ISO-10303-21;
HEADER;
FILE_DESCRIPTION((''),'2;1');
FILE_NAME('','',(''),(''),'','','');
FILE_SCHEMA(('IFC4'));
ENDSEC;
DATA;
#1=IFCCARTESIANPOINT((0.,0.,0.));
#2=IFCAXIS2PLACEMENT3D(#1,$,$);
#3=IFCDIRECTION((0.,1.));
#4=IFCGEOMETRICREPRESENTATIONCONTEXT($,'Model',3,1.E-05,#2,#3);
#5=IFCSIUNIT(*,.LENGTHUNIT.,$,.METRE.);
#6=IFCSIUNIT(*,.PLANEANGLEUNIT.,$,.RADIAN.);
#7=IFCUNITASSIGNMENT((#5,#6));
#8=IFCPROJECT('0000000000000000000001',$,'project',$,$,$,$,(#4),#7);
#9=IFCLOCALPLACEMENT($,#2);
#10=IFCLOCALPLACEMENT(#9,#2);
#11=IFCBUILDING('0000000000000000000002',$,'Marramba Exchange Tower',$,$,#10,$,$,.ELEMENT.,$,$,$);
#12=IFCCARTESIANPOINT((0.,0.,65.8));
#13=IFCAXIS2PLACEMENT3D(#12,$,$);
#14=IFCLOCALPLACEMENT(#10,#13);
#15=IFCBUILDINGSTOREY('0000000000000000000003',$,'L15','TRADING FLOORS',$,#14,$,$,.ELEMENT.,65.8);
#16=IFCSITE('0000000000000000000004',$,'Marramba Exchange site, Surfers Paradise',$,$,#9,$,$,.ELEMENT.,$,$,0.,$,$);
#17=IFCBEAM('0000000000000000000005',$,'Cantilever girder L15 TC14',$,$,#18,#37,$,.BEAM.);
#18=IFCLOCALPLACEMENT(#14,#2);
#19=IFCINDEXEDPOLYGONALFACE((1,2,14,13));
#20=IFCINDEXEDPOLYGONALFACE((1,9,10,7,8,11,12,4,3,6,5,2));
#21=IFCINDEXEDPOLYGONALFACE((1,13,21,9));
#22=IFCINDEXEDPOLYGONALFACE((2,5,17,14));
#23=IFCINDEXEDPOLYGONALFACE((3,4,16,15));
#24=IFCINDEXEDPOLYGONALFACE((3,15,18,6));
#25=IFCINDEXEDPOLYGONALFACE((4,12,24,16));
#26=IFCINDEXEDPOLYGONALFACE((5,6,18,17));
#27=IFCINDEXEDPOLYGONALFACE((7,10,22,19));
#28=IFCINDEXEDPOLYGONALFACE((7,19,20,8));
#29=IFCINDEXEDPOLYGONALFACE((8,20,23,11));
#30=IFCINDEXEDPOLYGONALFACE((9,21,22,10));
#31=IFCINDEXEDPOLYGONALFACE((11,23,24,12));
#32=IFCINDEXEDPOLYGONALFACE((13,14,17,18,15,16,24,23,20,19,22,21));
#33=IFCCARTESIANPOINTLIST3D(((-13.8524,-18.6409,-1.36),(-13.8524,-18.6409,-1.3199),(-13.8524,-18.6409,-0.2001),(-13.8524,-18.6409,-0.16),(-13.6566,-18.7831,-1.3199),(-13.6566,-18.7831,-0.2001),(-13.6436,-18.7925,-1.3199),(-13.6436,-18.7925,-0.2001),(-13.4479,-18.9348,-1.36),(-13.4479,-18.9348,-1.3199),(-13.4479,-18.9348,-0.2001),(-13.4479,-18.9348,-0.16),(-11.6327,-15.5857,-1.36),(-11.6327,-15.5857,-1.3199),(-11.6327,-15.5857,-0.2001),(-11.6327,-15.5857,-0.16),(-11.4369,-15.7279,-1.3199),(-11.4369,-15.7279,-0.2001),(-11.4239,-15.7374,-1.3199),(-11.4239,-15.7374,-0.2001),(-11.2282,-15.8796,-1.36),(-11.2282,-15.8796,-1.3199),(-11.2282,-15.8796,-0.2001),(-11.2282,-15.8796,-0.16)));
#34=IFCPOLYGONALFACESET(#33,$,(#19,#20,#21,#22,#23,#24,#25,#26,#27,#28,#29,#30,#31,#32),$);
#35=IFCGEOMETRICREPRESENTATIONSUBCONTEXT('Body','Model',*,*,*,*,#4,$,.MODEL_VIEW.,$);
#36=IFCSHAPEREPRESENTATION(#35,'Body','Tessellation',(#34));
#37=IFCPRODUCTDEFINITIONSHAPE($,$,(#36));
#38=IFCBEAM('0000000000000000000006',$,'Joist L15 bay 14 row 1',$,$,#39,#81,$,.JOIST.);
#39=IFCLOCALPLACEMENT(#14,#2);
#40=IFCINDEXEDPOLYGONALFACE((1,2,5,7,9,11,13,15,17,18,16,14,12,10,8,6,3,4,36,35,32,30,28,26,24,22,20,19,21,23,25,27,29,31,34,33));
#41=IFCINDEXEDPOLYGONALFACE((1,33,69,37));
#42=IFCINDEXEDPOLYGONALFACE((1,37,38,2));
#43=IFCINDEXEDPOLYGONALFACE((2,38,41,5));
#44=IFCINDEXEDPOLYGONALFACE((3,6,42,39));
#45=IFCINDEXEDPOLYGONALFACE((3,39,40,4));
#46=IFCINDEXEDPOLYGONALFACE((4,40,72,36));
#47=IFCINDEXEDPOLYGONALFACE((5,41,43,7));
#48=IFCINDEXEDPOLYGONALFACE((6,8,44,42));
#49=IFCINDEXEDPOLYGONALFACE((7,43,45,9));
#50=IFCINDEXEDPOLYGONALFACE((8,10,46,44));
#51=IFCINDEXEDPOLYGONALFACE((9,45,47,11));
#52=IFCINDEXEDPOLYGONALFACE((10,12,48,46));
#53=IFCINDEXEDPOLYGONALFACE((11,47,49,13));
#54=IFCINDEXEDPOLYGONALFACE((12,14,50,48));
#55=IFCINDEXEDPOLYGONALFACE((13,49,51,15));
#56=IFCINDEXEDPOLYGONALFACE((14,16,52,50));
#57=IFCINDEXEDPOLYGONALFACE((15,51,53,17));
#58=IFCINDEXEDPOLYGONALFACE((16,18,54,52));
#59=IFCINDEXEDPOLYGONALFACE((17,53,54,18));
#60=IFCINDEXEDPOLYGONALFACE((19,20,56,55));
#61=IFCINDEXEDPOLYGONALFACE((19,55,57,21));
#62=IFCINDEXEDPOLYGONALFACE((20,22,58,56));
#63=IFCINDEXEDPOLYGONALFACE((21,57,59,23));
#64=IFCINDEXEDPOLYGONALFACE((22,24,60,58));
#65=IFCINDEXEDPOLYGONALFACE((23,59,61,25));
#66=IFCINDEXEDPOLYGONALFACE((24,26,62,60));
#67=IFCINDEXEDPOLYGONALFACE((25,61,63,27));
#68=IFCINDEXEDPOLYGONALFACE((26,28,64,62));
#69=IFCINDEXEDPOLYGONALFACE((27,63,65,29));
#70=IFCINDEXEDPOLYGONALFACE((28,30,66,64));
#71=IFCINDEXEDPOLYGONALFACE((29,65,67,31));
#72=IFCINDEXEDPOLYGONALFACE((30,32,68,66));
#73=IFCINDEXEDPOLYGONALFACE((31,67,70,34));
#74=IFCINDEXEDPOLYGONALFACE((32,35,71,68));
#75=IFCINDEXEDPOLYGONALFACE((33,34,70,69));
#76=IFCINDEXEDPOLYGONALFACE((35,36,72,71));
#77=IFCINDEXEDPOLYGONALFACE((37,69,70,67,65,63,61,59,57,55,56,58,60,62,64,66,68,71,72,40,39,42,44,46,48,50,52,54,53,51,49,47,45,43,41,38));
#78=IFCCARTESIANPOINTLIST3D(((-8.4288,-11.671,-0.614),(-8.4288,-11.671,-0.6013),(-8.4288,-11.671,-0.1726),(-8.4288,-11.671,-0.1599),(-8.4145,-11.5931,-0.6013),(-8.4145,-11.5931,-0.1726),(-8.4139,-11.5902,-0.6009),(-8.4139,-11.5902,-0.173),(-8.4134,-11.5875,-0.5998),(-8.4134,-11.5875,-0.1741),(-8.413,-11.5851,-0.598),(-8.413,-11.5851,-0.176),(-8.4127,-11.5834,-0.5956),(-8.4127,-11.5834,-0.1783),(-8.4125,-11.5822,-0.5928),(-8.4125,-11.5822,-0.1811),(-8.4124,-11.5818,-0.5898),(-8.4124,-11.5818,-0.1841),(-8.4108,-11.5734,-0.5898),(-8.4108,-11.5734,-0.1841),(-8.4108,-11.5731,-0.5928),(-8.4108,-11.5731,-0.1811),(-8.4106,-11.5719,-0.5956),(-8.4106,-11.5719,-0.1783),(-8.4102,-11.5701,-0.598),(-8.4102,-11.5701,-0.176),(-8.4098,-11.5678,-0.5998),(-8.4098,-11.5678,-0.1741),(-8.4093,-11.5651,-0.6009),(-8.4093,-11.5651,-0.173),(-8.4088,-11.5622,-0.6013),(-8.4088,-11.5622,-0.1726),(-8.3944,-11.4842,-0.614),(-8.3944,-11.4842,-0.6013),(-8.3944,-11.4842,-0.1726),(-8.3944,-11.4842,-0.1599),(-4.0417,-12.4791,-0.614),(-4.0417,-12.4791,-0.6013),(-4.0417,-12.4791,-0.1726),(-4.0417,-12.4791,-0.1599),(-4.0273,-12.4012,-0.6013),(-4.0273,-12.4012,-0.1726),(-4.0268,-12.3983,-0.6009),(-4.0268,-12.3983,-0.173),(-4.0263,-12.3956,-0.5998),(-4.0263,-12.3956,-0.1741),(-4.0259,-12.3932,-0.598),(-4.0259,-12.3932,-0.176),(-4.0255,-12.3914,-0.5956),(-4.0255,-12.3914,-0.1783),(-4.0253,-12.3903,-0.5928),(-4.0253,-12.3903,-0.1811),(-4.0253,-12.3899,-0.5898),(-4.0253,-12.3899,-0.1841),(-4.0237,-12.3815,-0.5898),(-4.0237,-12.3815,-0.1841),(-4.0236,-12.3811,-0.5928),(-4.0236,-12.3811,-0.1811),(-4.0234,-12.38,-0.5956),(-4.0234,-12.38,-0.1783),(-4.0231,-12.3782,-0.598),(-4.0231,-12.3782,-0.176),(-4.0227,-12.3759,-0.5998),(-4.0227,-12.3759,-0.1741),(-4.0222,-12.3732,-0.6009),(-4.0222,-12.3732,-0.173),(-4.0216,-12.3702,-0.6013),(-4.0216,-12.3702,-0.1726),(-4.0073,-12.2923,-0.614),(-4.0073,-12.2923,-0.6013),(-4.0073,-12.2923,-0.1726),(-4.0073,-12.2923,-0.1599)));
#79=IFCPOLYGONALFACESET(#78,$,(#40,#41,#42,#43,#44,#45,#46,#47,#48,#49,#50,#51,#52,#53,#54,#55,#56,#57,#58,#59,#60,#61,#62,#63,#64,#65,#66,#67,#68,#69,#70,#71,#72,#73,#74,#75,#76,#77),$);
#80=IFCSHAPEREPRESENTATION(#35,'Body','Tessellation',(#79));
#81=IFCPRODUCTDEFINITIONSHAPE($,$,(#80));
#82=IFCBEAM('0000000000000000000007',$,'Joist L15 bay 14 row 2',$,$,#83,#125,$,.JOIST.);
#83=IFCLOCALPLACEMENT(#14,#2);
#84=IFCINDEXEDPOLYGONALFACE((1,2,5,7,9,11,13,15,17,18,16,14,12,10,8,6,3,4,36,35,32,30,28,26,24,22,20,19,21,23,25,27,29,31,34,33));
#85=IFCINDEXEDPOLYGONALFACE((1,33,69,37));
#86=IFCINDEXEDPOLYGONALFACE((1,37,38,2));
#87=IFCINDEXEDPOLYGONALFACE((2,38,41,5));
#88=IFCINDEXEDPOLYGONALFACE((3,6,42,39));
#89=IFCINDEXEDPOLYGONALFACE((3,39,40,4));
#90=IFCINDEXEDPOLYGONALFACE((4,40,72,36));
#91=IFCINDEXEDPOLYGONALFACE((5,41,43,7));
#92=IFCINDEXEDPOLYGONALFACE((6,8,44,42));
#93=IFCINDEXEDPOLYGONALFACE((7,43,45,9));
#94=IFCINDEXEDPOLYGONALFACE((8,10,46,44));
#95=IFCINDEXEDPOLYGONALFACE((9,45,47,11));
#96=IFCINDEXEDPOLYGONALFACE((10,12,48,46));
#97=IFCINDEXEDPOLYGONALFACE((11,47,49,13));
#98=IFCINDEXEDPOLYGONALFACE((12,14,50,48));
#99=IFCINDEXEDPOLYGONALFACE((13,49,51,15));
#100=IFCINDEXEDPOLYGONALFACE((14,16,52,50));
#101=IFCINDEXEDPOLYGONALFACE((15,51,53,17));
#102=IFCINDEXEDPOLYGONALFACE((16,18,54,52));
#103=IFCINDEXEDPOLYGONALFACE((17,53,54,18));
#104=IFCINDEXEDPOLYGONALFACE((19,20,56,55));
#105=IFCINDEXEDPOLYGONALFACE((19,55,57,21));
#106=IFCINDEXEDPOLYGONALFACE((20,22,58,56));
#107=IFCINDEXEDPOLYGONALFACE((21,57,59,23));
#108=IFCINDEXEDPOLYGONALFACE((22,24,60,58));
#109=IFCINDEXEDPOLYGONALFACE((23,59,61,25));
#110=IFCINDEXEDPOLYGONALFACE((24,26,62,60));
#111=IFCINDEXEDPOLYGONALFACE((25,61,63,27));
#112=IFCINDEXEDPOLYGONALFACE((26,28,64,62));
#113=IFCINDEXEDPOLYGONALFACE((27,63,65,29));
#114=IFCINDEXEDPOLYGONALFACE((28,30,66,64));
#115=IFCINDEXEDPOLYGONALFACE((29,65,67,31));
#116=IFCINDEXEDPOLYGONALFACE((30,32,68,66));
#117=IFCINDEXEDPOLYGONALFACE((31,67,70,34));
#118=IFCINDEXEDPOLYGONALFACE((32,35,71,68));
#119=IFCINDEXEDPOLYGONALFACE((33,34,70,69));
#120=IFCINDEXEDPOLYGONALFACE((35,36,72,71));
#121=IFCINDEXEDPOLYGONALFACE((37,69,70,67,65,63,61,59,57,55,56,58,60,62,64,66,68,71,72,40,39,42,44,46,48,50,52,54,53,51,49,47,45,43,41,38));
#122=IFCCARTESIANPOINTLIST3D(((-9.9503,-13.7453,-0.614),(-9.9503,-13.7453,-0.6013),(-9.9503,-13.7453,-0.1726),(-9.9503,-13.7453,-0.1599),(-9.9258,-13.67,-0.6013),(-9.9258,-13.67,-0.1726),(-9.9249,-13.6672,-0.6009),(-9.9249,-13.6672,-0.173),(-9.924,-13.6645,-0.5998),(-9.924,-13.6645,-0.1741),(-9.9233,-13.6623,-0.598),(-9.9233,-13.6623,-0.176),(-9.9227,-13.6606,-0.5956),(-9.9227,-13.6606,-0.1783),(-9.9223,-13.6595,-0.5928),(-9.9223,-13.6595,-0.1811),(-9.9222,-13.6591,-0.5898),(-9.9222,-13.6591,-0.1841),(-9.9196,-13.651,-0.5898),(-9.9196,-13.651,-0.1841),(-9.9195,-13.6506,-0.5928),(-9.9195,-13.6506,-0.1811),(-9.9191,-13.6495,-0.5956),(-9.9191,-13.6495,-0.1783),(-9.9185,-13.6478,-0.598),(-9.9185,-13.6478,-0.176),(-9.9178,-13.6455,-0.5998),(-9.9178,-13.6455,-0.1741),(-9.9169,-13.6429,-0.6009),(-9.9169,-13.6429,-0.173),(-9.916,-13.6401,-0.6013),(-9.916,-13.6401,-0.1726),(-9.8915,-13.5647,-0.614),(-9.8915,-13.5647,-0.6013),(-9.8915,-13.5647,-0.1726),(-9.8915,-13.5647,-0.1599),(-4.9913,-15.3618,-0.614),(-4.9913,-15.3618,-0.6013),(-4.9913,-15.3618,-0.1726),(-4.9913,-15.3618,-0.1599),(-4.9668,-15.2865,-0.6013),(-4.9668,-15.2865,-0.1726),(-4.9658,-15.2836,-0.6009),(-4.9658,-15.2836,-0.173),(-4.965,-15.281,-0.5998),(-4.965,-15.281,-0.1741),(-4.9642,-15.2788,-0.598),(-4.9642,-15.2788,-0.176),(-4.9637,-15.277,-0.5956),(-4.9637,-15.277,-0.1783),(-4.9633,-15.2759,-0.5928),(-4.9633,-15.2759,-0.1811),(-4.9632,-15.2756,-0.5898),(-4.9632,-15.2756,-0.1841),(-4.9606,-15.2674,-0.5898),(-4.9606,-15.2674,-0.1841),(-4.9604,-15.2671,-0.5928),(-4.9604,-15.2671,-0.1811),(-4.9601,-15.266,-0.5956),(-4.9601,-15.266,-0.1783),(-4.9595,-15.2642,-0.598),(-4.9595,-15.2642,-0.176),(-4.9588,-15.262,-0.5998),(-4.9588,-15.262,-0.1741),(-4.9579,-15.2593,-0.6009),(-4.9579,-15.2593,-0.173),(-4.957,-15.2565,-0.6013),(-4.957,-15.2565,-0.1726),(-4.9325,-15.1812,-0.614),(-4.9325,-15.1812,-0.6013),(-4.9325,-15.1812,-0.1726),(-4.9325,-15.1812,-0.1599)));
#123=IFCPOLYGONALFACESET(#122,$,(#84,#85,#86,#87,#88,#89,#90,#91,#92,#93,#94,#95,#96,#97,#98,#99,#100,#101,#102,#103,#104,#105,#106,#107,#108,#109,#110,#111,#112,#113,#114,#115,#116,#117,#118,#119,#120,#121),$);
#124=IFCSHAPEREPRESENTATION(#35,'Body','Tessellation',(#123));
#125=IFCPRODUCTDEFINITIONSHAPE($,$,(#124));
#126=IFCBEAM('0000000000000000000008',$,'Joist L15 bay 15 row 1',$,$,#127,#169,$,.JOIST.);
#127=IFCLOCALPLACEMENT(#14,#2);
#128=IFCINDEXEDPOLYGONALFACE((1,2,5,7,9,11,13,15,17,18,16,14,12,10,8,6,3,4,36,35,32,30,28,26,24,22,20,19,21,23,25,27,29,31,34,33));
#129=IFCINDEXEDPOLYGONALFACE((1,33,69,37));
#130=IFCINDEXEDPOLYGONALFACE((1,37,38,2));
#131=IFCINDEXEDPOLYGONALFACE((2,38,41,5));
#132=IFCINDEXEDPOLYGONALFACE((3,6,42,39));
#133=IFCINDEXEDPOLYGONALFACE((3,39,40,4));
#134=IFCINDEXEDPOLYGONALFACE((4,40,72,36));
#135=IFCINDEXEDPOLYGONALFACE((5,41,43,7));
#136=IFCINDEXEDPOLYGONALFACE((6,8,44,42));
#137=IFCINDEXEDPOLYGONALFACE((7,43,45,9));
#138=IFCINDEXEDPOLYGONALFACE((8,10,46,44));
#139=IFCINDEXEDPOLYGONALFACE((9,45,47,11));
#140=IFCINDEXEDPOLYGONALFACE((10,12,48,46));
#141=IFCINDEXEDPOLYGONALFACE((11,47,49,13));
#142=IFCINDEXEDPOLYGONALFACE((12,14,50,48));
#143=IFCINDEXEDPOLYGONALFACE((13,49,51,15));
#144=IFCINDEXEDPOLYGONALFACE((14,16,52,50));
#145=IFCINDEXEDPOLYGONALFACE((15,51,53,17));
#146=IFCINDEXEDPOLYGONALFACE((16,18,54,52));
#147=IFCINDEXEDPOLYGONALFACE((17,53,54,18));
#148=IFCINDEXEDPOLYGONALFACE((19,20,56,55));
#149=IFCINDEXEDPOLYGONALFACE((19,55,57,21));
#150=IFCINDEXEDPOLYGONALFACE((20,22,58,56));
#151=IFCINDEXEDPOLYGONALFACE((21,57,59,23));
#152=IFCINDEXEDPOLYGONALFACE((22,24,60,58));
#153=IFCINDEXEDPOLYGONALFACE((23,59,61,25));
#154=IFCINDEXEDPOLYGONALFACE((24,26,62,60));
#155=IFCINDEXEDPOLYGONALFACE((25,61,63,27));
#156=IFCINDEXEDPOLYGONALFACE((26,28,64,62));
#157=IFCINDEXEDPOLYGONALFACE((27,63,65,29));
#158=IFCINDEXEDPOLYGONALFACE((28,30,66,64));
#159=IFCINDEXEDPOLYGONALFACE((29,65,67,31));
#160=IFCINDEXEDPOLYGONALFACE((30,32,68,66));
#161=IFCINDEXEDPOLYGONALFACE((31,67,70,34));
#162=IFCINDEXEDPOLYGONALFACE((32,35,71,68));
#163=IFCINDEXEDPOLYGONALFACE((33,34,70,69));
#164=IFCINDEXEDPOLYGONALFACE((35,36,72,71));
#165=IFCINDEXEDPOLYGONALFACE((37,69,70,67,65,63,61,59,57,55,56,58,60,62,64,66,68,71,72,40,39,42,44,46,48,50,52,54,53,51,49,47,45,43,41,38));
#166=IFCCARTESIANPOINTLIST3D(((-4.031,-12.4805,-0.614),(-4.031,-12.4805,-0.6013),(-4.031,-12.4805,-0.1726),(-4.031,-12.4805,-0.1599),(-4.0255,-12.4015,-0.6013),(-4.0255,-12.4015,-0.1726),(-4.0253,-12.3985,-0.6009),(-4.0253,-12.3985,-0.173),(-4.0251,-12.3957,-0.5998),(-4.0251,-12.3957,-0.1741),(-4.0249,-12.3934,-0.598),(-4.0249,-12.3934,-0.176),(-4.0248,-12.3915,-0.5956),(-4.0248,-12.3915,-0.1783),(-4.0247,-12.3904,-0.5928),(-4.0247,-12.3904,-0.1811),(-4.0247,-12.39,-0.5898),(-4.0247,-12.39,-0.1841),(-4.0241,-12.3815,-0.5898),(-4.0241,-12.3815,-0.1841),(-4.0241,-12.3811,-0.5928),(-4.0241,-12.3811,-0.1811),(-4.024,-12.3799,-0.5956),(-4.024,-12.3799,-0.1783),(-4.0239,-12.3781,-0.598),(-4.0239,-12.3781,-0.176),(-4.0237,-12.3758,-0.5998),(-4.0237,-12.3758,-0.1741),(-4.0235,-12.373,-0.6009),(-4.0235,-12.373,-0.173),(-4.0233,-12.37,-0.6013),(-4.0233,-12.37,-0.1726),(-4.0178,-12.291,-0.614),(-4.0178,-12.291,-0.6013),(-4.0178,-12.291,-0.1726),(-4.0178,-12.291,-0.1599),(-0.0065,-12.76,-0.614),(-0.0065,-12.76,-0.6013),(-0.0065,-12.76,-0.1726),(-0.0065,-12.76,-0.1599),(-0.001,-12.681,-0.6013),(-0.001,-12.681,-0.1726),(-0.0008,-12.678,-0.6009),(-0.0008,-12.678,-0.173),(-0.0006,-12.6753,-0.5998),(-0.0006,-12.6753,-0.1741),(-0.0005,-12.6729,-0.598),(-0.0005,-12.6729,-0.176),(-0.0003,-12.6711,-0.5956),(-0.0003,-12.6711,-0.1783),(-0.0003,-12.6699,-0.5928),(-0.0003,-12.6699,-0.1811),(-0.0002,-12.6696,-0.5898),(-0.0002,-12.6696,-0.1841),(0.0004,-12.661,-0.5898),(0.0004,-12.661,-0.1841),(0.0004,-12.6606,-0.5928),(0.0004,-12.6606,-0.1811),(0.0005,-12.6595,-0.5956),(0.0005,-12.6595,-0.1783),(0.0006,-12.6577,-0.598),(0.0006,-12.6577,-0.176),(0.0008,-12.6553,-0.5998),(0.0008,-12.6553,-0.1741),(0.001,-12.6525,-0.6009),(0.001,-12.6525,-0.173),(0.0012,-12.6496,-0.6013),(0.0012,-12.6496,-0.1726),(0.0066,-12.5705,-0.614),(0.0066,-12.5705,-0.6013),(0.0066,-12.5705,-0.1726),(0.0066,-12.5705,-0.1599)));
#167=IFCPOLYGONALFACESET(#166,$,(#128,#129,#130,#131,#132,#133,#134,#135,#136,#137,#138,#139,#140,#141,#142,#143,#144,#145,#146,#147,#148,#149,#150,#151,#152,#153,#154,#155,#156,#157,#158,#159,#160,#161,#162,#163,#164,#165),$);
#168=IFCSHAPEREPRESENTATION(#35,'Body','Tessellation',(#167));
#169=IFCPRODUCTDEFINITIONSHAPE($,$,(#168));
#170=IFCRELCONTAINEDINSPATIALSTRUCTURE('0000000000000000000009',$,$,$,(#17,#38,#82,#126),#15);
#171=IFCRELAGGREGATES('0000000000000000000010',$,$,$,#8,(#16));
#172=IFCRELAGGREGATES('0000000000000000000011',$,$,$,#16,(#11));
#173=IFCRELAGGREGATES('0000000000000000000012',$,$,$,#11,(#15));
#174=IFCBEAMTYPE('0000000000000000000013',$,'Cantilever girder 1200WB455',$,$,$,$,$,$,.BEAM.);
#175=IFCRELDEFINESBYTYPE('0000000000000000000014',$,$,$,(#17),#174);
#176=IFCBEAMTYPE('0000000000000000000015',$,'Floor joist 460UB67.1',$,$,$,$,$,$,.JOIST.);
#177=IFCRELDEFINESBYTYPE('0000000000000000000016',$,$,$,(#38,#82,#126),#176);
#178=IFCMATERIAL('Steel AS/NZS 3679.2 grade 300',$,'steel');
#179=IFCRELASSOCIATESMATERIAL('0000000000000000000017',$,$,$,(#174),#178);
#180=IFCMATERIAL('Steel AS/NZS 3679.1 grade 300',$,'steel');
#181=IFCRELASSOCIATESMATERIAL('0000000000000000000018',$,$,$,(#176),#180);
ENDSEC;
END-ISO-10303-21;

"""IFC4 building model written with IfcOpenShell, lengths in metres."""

from ifc_helpers import new_model, si_unit, direction, frame, origin, origin_2d, place, context, subcontext, project, spatial, i_section, extrude, material, material_profile, profile_set, type_object, element, save


model = new_model("IFC4")

# Units and contexts
model_context = context("Model", 3, precision=1e-05, world=origin(), true_north=direction((0.0, 1.0)))
body_context = subcontext(model_context, "Body", "Model", "MODEL_VIEW")
ifc_project = project(units=[si_unit("LENGTHUNIT", "METRE"), si_unit("PLANEANGLEUNIT", "RADIAN")], contexts=[model_context])

# Site, building, storey
site_placement = place(None, origin())
site = spatial("IfcSite", under=ifc_project, at=site_placement, Name="Marramba Exchange site, Surfers Paradise", CompositionType="ELEMENT", RefElevation=0.0)
building_placement = place(site_placement, origin())
building = spatial("IfcBuilding", under=site, at=building_placement, Name="Marramba Exchange Tower", CompositionType="ELEMENT")
storey_placement = place(building_placement, frame((0.0, 0.0, 65.8)))
storey = spatial("IfcBuildingStorey", under=building, at=storey_placement, Name="L15", Description="TRADING FLOORS", CompositionType="ELEMENT", Elevation=65.8)

# Beams
ifc_material_1 = material(Name="Steel AS/NZS 3679.2 grade 300", Category="steel")
ifc_material_profile_1 = material_profile(ifc_material_1, i_section(OverallWidth=0.5, OverallDepth=1.2, WebThickness=0.0161, FlangeThickness=0.04, at=origin_2d()), Name="1200WB455")
ifc_profile_set_1 = profile_set([ifc_material_profile_1], Name="Steel AS/NZS 3679.2 grade 300")
beam_type_1 = type_object("IfcBeamType", Name="Cantilever girder 1200WB455", PredefinedType="BEAM", material=ifc_profile_set_1)
beam_1_placement = place(storey_placement, frame((-11.4304, -15.7327, -0.76), z_axis=(-0.587787, -0.809016, 0.0), x_axis=(0.809016, -0.587787, 0.0)))
element("IfcBeam", 1, at=beam_1_placement, inside=storey, type_object=beam_type_1, Name="Cantilever girder L15 TC14", PredefinedType="BEAM", context=body_context, shape_type="SweptSolid", body=[
    extrude(i_section(OverallWidth=0.5, OverallDepth=1.2, WebThickness=0.0161, FlangeThickness=0.04, at=origin_2d()), origin(), (0.0, 0.0, 1.0), 3.7764),
])
ifc_material_2 = material(Name="Steel AS/NZS 3679.1 grade 300", Category="steel")
ifc_material_profile_2 = material_profile(ifc_material_2, i_section(OverallWidth=0.1899, OverallDepth=0.4541, WebThickness=0.0085, FlangeThickness=0.0127, FilletRadius=0.0115, at=origin_2d()), Name="460UB67.1")
ifc_profile_set_2 = profile_set([ifc_material_profile_2], Name="Steel AS/NZS 3679.1 grade 300")
beam_type_2 = type_object("IfcBeamType", Name="Floor joist 460UB67.1", PredefinedType="JOIST", material=ifc_profile_set_2)
beam_2_placement = place(storey_placement, frame((-8.4116, -11.5776, -0.387), z_axis=(0.983456, -0.181149, 0.0), x_axis=(0.181149, 0.983456, 0.0)))
element("IfcBeam", 2, at=beam_2_placement, inside=storey, type_object=beam_type_2, Name="Joist L15 bay 14 row 1", PredefinedType="JOIST", context=body_context, shape_type="SweptSolid", body=[
    extrude(i_section(OverallWidth=0.1899, OverallDepth=0.4541, WebThickness=0.0085, FlangeThickness=0.0127, FilletRadius=0.0115, at=origin_2d()), origin(), (0.0, 0.0, 1.0), 4.4609),
])
beam_3_placement = place(storey_placement, frame((-9.9209, -13.655, -0.387), z_axis=(0.950764, -0.309916, 0.0), x_axis=(0.309916, 0.950764, 0.0)))
element("IfcBeam", 3, at=beam_3_placement, inside=storey, type_object=beam_type_2, Name="Joist L15 bay 14 row 2", PredefinedType="JOIST", context=body_context, shape_type="SweptSolid", body=[
    extrude(i_section(OverallWidth=0.1899, OverallDepth=0.4541, WebThickness=0.0085, FlangeThickness=0.0127, FilletRadius=0.0115, at=origin_2d()), origin(), (0.0, 0.0, 1.0), 5.2158),
])
beam_4_placement = place(storey_placement, frame((-4.0244, -12.3857, -0.387), z_axis=(0.997596, -0.069294, 0.0), x_axis=(0.069294, 0.997596, 0.0)))
element("IfcBeam", 4, at=beam_4_placement, inside=storey, type_object=beam_type_2, Name="Joist L15 bay 15 row 1", PredefinedType="JOIST", context=body_context, shape_type="SweptSolid", body=[
    extrude(i_section(OverallWidth=0.1899, OverallDepth=0.4541, WebThickness=0.0085, FlangeThickness=0.0127, FilletRadius=0.0115, at=origin_2d()), origin(), (0.0, 0.0, 1.0), 4.0342),
])

save(model, "model.ifc")
